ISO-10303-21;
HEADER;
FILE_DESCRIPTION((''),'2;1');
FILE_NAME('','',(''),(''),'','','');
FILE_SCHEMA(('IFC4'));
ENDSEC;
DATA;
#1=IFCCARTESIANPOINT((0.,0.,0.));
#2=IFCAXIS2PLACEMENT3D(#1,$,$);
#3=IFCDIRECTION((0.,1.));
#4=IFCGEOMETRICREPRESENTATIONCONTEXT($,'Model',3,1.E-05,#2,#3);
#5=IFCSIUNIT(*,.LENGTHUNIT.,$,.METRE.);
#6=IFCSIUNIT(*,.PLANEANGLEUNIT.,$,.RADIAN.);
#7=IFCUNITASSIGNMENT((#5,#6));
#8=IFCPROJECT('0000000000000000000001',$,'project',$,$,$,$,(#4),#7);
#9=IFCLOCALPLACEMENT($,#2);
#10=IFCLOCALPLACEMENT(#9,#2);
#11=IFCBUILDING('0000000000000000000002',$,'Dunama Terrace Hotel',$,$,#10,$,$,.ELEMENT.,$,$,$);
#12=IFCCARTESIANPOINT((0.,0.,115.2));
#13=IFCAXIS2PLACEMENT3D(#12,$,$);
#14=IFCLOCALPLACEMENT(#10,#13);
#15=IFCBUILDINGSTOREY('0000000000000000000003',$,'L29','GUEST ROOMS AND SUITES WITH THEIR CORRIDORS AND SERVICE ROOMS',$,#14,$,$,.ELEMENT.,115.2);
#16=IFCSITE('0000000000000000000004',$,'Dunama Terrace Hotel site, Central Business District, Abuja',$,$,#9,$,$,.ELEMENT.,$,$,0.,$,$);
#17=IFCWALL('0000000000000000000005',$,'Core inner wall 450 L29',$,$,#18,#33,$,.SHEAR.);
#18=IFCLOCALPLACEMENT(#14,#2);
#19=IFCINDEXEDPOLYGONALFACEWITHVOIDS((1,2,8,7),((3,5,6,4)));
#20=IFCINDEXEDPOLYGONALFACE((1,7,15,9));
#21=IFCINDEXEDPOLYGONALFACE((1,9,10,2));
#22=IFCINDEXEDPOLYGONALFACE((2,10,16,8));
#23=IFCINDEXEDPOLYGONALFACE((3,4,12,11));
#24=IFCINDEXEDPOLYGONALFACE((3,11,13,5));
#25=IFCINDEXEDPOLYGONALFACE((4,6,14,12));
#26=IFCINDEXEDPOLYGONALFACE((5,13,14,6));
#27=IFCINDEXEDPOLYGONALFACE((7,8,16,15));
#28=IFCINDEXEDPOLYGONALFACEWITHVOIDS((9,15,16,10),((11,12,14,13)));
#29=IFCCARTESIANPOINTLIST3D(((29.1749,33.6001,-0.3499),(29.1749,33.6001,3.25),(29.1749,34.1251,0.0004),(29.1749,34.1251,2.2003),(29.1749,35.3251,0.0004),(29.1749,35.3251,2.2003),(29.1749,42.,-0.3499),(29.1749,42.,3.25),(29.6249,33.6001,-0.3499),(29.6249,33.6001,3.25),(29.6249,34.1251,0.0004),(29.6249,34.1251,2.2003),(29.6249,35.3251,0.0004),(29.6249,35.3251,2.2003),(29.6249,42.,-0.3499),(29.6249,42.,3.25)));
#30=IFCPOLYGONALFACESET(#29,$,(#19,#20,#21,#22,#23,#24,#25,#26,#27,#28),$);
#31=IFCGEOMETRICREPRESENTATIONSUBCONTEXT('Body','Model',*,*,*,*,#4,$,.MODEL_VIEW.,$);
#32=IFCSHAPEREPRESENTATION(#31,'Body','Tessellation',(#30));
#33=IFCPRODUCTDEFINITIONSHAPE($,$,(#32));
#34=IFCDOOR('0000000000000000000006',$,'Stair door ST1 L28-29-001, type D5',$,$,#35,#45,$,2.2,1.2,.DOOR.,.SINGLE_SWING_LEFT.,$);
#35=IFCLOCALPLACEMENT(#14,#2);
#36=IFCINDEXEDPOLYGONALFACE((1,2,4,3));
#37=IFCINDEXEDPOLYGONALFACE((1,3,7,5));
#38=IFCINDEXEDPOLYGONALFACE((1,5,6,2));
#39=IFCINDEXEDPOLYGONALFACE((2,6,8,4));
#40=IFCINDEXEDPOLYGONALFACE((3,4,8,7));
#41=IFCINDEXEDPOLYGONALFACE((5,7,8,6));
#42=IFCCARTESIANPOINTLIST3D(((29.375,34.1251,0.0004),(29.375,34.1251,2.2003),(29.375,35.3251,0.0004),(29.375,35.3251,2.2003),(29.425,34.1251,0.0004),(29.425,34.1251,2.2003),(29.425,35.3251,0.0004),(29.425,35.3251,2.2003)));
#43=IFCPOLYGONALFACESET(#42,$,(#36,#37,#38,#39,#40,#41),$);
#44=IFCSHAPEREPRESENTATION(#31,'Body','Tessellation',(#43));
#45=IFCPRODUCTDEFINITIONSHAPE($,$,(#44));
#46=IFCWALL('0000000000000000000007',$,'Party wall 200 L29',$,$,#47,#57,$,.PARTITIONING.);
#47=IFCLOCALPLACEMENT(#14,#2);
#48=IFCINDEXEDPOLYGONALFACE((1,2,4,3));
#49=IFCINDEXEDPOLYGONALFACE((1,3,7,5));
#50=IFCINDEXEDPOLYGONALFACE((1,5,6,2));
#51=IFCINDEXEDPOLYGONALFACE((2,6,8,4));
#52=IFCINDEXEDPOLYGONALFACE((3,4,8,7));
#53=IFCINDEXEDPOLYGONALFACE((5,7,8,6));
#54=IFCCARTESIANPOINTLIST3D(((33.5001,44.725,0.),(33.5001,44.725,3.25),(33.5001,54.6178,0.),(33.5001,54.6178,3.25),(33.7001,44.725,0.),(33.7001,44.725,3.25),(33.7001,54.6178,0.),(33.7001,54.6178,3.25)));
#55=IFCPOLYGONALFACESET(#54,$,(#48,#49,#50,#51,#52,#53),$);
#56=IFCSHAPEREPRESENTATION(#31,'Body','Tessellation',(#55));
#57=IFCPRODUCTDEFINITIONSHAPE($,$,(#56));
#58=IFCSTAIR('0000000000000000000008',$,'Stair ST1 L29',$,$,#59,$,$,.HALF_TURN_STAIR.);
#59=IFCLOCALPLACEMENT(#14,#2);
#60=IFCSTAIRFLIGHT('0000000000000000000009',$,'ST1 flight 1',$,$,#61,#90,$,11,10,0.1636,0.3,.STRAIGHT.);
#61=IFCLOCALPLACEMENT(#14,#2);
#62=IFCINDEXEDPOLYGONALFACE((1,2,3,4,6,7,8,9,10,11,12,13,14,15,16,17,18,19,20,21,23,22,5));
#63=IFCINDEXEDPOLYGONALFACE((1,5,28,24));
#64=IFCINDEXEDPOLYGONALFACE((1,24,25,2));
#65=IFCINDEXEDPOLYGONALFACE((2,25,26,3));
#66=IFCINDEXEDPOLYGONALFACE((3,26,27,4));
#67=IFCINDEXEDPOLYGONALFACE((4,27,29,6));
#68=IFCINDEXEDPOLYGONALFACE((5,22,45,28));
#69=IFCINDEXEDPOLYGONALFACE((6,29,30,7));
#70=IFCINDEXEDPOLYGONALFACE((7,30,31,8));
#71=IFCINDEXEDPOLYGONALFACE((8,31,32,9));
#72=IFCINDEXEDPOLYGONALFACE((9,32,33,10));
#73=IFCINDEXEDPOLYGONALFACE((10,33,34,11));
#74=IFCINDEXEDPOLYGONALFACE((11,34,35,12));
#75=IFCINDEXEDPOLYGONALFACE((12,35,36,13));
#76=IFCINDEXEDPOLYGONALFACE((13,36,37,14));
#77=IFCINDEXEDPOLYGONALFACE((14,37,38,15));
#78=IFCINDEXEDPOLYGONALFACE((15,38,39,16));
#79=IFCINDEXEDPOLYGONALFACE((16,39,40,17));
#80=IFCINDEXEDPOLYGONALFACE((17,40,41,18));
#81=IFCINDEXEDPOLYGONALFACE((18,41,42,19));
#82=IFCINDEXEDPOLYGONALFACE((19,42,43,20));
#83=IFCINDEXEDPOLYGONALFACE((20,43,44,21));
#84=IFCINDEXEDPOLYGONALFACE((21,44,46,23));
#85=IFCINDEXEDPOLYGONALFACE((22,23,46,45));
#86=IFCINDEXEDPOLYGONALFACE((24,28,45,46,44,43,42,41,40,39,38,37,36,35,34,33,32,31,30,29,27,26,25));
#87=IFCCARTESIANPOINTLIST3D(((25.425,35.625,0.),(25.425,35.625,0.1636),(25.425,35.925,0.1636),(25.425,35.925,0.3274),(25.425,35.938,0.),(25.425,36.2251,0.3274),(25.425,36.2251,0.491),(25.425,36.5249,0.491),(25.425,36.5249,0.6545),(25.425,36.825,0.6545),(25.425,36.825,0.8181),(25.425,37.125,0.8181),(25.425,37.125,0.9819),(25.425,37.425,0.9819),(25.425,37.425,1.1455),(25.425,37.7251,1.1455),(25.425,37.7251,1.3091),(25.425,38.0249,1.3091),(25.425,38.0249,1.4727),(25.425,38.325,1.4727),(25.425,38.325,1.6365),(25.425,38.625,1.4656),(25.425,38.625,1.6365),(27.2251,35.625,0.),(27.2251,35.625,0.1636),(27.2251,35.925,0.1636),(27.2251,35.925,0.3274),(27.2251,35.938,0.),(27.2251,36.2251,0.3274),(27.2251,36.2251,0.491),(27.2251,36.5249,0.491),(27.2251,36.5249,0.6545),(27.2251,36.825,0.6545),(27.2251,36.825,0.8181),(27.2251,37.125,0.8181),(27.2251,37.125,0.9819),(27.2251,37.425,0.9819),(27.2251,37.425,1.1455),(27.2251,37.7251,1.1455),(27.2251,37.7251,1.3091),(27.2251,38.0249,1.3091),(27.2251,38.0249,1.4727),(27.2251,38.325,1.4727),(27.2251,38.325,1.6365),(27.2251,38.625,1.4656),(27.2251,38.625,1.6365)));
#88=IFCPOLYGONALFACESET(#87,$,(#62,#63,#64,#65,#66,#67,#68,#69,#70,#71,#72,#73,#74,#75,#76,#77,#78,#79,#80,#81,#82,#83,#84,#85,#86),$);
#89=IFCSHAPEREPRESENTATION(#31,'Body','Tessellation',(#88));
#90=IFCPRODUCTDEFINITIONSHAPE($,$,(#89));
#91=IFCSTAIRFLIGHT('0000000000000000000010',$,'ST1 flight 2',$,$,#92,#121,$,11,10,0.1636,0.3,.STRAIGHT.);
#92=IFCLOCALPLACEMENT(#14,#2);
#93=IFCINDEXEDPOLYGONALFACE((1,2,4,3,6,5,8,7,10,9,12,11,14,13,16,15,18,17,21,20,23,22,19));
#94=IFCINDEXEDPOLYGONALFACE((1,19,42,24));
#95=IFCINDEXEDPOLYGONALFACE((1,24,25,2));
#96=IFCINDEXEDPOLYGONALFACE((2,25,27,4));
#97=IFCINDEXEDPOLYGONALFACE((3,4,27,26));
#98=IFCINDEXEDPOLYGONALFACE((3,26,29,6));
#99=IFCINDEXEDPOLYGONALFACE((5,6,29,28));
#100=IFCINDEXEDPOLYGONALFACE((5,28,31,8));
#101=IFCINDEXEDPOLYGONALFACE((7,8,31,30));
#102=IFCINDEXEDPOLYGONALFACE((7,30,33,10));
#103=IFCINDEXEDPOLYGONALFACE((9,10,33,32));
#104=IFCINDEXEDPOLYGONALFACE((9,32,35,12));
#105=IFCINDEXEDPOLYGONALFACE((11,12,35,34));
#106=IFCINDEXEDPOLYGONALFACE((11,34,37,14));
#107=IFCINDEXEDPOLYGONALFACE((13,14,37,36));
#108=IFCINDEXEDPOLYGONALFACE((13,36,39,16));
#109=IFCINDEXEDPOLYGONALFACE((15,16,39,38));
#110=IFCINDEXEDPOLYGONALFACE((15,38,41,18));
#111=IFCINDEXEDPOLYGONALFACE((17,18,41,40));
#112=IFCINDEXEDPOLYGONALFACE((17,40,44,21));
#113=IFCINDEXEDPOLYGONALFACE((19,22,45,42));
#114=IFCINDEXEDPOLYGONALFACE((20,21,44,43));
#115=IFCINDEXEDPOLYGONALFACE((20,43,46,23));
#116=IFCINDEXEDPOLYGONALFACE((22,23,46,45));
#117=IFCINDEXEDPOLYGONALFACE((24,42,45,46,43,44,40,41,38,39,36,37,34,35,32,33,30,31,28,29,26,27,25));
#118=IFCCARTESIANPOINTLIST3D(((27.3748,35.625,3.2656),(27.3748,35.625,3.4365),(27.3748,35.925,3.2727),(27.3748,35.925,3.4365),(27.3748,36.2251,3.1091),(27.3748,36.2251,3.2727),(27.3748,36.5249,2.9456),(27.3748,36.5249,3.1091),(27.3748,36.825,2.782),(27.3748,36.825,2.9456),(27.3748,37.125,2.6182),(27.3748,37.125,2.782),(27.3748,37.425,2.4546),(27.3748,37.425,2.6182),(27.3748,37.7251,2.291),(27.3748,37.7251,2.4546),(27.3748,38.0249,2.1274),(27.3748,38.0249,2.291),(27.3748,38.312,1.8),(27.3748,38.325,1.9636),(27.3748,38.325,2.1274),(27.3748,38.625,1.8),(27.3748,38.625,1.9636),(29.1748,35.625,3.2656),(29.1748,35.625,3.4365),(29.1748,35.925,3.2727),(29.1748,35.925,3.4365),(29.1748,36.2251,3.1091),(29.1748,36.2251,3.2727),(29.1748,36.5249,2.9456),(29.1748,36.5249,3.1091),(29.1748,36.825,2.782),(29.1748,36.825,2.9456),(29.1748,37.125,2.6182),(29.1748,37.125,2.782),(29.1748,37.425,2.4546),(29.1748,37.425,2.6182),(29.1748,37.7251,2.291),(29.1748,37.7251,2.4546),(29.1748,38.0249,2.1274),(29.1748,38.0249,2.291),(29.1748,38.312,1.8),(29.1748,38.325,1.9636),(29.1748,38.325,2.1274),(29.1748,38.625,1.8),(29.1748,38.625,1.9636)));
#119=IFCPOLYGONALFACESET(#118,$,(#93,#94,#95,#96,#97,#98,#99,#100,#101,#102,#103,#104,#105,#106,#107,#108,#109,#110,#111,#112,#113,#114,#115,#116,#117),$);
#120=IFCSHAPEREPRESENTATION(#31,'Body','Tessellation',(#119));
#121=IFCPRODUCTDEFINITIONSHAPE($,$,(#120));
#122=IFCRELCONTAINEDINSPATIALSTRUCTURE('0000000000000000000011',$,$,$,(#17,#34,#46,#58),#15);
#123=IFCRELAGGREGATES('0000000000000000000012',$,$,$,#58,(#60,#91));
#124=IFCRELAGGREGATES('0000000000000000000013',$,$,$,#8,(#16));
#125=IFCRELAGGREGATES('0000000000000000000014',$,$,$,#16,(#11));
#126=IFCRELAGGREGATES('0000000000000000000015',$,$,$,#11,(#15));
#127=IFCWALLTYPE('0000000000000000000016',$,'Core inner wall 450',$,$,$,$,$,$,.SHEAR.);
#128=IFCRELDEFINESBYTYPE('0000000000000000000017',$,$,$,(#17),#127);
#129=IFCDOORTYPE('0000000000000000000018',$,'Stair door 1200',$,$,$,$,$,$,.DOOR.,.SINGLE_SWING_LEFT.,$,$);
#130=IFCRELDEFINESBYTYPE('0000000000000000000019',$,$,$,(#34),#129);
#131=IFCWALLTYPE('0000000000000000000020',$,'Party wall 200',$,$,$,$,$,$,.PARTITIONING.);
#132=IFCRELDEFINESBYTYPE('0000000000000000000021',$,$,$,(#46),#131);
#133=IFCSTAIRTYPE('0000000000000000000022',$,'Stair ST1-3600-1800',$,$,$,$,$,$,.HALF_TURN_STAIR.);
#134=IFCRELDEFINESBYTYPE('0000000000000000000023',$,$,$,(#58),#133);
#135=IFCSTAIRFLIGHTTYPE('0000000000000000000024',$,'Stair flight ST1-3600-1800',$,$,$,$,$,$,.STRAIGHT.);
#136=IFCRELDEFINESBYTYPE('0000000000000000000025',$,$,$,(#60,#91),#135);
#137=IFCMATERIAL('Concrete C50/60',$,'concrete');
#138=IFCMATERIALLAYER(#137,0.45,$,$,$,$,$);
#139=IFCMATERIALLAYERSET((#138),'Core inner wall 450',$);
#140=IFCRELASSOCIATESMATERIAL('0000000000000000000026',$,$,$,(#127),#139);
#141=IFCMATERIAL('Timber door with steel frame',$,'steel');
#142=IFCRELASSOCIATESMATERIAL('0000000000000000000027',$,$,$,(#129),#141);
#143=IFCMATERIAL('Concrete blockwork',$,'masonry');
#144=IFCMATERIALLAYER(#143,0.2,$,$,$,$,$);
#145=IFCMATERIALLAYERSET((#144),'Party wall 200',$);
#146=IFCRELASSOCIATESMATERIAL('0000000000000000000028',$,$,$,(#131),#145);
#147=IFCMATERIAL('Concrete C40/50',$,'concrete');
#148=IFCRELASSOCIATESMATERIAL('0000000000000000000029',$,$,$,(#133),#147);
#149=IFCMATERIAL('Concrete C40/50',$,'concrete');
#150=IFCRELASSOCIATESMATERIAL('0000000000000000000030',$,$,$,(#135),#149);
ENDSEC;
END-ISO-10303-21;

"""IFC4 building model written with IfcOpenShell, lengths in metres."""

from ifc_helpers import new_model, si_unit, direction, frame, frame_2d, origin, place, context, subcontext, project, spatial, polyline, rectangle, outline, extrude, material, layer, layer_set, type_object, element, fill, aggregate, save


model = new_model("IFC4")

# Units and contexts
model_context = context("Model", 3, precision=1e-05, world=origin(), true_north=direction((0.0, 1.0)))
body_context = subcontext(model_context, "Body", "Model", "MODEL_VIEW")
ifc_project = project(units=[si_unit("LENGTHUNIT", "METRE"), si_unit("PLANEANGLEUNIT", "RADIAN")], contexts=[model_context])

# Site, building, storey
site_placement = place(None, origin())
site = spatial("IfcSite", under=ifc_project, at=site_placement, Name="Dunama Terrace Hotel site, Central Business District, Abuja", CompositionType="ELEMENT", RefElevation=0.0)
building_placement = place(site_placement, origin())
building = spatial("IfcBuilding", under=site, at=building_placement, Name="Dunama Terrace Hotel", CompositionType="ELEMENT")
storey_placement = place(building_placement, frame((0.0, 0.0, 115.2)))
storey = spatial("IfcBuildingStorey", under=building, at=storey_placement, Name="L29", Description="GUEST ROOMS AND SUITES WITH THEIR CORRIDORS AND SERVICE ROOMS", CompositionType="ELEMENT", Elevation=115.2)

# Wall, opening, door
ifc_material_1 = material(Name="Concrete C50/60", Category="concrete")
ifc_layer_1 = layer(ifc_material_1, 0.45)
ifc_layer_set_1 = layer_set([ifc_layer_1], Name="Core inner wall 450")
wall_type_1 = type_object("IfcWallType", Name="Core inner wall 450", PredefinedType="SHEAR", material=ifc_layer_set_1)
wall_1_placement = place(storey_placement, frame((29.3999, 33.6001, -0.3499), z_axis=(0.0, 0.0, 1.0), x_axis=(0.0, 1.0, 0.0)))
wall_1 = element("IfcWall", 1, at=wall_1_placement, inside=storey, type_object=wall_type_1, Name="Core inner wall 450 L29", PredefinedType="SHEAR", context=body_context, shape_type="SweptSolid", body=[
    extrude(rectangle(XDim=8.3999, YDim=0.45, at=frame_2d((4.2, 0.0))), origin(), (0.0, 0.0, 1.0), 3.5999),
])
opening_1_placement = place(wall_1_placement, frame((0.5249, 0.0, 0.3501)))
opening_1 = element("IfcOpeningElement", 2, at=opening_1_placement, cuts=wall_1, PredefinedType="OPENING", context=body_context, shape_type="SweptSolid", body=[
    extrude(rectangle(XDim=1.2, YDim=2.2, at=frame_2d((0.6001, 1.1001))), frame((0.0, 0.2349, 0.0), z_axis=(0.0, -1.0, 0.0), x_axis=(1.0, 0.0, 0.0)), (0.0, 0.0, 1.0), 0.47),
])
ifc_material_2 = material(Name="Timber door with steel frame", Category="steel")
door_type_1 = type_object("IfcDoorType", Name="Stair door 1200", OperationType="SINGLE_SWING_LEFT", PredefinedType="DOOR", material=ifc_material_2)
door_1_placement = place(opening_1_placement, origin())
door_1 = element("IfcDoor", 3, at=door_1_placement, inside=storey, type_object=door_type_1, Name="Stair door ST1 L28-29-001, type D5", OperationType="SINGLE_SWING_LEFT", OverallHeight=2.2, OverallWidth=1.2, PredefinedType="DOOR", context=body_context, shape_type="SweptSolid", body=[
    extrude(rectangle(XDim=1.2, YDim=2.2, at=frame_2d((0.6001, 1.1001))), frame((0.0, 0.0249, 0.0), z_axis=(0.0, -1.0, 0.0), x_axis=(1.0, 0.0, 0.0)), (0.0, 0.0, 1.0), 0.05),
])
fill(opening_1, door_1)

# Wall
ifc_material_3 = material(Name="Concrete blockwork", Category="masonry")
ifc_layer_2 = layer(ifc_material_3, 0.2)
ifc_layer_set_2 = layer_set([ifc_layer_2], Name="Party wall 200")
wall_type_2 = type_object("IfcWallType", Name="Party wall 200", PredefinedType="PARTITIONING", material=ifc_layer_set_2)
wall_2_placement = place(storey_placement, frame((33.6001, 44.7251, 0.0), z_axis=(0.0, 0.0, 1.0), x_axis=(0.0, 1.0, 0.0)))
element("IfcWall", 4, at=wall_2_placement, inside=storey, type_object=wall_type_2, Name="Party wall 200 L29", PredefinedType="PARTITIONING", context=body_context, shape_type="SweptSolid", body=[
    extrude(rectangle(XDim=9.8928, YDim=0.2, at=frame_2d((4.9463, 0.0))), origin(), (0.0, 0.0, 1.0), 3.25),
])

# Stair, stair flights
ifc_material_4 = material(Name="Concrete C40/50", Category="concrete")
stair_type = type_object("IfcStairType", Name="Stair ST1-3600-1800", PredefinedType="HALF_TURN_STAIR", material=ifc_material_4)
stair_placement = place(storey_placement, origin())
stair = element("IfcStair", 5, at=stair_placement, inside=storey, type_object=stair_type, Name="Stair ST1 L29", PredefinedType="HALF_TURN_STAIR")
ifc_material_5 = material(Name="Concrete C40/50", Category="concrete")
stair_flight_type = type_object("IfcStairFlightType", Name="Stair flight ST1-3600-1800", PredefinedType="STRAIGHT", material=ifc_material_5)
stair_flight_1_placement = place(storey_placement, frame((26.325, 35.625, 0.0), z_axis=(0.0, 0.0, 1.0), x_axis=(0.0, 1.0, 0.0)))
stair_flight_1 = element("IfcStairFlight", 6, at=stair_flight_1_placement, type_object=stair_flight_type, Name="ST1 flight 1", NumberOfRisers=11, NumberOfTreads=10, PredefinedType="STRAIGHT", RiserHeight=0.1636, TreadLength=0.3, context=body_context, shape_type="SweptSolid", body=[
    extrude(outline(polyline([(0.0, 0.0), (0.0, 0.1636), (0.3, 0.1636), (0.3, 0.3274), (0.6001, 0.3274), (0.6001, 0.491), (0.8999, 0.491), (0.8999, 0.6545), (1.2, 0.6545), (1.2, 0.8181), (1.5, 0.8181), (1.5, 0.9819), (1.8, 0.9819), (1.8, 1.1455), (2.1001, 1.1455), (2.1001, 1.3091), (2.3999, 1.3091), (2.3999, 1.4727), (2.7, 1.4727), (2.7, 1.6365), (3.0, 1.6365), (3.0, 1.8), (3.0, 1.4656), (0.313, 0.0), (0.0, 0.0)])), frame((0.0, 0.8999, 0.0), z_axis=(0.0, -1.0, 0.0), x_axis=(1.0, 0.0, 0.0)), (0.0, 0.0, 1.0), 1.8),
])
stair_flight_2_placement = place(storey_placement, frame((28.2749, 38.625, 1.8), z_axis=(0.0, 0.0, 1.0), x_axis=(0.0, -1.0, 0.0)))
stair_flight_2 = element("IfcStairFlight", 7, at=stair_flight_2_placement, type_object=stair_flight_type, Name="ST1 flight 2", NumberOfRisers=11, NumberOfTreads=10, PredefinedType="STRAIGHT", RiserHeight=0.1636, TreadLength=0.3, context=body_context, shape_type="SweptSolid", body=[
    extrude(outline(polyline([(0.0, 0.0), (0.0, 0.1636), (0.3, 0.1636), (0.3, 0.3274), (0.6001, 0.3274), (0.6001, 0.491), (0.8999, 0.491), (0.8999, 0.6545), (1.2, 0.6545), (1.2, 0.8181), (1.5, 0.8181), (1.5, 0.9819), (1.8, 0.9819), (1.8, 1.1455), (2.1001, 1.1455), (2.1001, 1.3091), (2.3999, 1.3091), (2.3999, 1.4727), (2.7, 1.4727), (2.7, 1.6365), (3.0, 1.6365), (3.0, 1.8), (3.0, 1.4656), (0.313, 0.0), (0.0, 0.0)])), frame((0.0, 0.8999, 0.0), z_axis=(0.0, -1.0, 0.0), x_axis=(1.0, 0.0, 0.0)), (0.0, 0.0, 1.0), 1.8),
])
aggregate(stair, [stair_flight_1, stair_flight_2])

save(model, "model.ifc")
